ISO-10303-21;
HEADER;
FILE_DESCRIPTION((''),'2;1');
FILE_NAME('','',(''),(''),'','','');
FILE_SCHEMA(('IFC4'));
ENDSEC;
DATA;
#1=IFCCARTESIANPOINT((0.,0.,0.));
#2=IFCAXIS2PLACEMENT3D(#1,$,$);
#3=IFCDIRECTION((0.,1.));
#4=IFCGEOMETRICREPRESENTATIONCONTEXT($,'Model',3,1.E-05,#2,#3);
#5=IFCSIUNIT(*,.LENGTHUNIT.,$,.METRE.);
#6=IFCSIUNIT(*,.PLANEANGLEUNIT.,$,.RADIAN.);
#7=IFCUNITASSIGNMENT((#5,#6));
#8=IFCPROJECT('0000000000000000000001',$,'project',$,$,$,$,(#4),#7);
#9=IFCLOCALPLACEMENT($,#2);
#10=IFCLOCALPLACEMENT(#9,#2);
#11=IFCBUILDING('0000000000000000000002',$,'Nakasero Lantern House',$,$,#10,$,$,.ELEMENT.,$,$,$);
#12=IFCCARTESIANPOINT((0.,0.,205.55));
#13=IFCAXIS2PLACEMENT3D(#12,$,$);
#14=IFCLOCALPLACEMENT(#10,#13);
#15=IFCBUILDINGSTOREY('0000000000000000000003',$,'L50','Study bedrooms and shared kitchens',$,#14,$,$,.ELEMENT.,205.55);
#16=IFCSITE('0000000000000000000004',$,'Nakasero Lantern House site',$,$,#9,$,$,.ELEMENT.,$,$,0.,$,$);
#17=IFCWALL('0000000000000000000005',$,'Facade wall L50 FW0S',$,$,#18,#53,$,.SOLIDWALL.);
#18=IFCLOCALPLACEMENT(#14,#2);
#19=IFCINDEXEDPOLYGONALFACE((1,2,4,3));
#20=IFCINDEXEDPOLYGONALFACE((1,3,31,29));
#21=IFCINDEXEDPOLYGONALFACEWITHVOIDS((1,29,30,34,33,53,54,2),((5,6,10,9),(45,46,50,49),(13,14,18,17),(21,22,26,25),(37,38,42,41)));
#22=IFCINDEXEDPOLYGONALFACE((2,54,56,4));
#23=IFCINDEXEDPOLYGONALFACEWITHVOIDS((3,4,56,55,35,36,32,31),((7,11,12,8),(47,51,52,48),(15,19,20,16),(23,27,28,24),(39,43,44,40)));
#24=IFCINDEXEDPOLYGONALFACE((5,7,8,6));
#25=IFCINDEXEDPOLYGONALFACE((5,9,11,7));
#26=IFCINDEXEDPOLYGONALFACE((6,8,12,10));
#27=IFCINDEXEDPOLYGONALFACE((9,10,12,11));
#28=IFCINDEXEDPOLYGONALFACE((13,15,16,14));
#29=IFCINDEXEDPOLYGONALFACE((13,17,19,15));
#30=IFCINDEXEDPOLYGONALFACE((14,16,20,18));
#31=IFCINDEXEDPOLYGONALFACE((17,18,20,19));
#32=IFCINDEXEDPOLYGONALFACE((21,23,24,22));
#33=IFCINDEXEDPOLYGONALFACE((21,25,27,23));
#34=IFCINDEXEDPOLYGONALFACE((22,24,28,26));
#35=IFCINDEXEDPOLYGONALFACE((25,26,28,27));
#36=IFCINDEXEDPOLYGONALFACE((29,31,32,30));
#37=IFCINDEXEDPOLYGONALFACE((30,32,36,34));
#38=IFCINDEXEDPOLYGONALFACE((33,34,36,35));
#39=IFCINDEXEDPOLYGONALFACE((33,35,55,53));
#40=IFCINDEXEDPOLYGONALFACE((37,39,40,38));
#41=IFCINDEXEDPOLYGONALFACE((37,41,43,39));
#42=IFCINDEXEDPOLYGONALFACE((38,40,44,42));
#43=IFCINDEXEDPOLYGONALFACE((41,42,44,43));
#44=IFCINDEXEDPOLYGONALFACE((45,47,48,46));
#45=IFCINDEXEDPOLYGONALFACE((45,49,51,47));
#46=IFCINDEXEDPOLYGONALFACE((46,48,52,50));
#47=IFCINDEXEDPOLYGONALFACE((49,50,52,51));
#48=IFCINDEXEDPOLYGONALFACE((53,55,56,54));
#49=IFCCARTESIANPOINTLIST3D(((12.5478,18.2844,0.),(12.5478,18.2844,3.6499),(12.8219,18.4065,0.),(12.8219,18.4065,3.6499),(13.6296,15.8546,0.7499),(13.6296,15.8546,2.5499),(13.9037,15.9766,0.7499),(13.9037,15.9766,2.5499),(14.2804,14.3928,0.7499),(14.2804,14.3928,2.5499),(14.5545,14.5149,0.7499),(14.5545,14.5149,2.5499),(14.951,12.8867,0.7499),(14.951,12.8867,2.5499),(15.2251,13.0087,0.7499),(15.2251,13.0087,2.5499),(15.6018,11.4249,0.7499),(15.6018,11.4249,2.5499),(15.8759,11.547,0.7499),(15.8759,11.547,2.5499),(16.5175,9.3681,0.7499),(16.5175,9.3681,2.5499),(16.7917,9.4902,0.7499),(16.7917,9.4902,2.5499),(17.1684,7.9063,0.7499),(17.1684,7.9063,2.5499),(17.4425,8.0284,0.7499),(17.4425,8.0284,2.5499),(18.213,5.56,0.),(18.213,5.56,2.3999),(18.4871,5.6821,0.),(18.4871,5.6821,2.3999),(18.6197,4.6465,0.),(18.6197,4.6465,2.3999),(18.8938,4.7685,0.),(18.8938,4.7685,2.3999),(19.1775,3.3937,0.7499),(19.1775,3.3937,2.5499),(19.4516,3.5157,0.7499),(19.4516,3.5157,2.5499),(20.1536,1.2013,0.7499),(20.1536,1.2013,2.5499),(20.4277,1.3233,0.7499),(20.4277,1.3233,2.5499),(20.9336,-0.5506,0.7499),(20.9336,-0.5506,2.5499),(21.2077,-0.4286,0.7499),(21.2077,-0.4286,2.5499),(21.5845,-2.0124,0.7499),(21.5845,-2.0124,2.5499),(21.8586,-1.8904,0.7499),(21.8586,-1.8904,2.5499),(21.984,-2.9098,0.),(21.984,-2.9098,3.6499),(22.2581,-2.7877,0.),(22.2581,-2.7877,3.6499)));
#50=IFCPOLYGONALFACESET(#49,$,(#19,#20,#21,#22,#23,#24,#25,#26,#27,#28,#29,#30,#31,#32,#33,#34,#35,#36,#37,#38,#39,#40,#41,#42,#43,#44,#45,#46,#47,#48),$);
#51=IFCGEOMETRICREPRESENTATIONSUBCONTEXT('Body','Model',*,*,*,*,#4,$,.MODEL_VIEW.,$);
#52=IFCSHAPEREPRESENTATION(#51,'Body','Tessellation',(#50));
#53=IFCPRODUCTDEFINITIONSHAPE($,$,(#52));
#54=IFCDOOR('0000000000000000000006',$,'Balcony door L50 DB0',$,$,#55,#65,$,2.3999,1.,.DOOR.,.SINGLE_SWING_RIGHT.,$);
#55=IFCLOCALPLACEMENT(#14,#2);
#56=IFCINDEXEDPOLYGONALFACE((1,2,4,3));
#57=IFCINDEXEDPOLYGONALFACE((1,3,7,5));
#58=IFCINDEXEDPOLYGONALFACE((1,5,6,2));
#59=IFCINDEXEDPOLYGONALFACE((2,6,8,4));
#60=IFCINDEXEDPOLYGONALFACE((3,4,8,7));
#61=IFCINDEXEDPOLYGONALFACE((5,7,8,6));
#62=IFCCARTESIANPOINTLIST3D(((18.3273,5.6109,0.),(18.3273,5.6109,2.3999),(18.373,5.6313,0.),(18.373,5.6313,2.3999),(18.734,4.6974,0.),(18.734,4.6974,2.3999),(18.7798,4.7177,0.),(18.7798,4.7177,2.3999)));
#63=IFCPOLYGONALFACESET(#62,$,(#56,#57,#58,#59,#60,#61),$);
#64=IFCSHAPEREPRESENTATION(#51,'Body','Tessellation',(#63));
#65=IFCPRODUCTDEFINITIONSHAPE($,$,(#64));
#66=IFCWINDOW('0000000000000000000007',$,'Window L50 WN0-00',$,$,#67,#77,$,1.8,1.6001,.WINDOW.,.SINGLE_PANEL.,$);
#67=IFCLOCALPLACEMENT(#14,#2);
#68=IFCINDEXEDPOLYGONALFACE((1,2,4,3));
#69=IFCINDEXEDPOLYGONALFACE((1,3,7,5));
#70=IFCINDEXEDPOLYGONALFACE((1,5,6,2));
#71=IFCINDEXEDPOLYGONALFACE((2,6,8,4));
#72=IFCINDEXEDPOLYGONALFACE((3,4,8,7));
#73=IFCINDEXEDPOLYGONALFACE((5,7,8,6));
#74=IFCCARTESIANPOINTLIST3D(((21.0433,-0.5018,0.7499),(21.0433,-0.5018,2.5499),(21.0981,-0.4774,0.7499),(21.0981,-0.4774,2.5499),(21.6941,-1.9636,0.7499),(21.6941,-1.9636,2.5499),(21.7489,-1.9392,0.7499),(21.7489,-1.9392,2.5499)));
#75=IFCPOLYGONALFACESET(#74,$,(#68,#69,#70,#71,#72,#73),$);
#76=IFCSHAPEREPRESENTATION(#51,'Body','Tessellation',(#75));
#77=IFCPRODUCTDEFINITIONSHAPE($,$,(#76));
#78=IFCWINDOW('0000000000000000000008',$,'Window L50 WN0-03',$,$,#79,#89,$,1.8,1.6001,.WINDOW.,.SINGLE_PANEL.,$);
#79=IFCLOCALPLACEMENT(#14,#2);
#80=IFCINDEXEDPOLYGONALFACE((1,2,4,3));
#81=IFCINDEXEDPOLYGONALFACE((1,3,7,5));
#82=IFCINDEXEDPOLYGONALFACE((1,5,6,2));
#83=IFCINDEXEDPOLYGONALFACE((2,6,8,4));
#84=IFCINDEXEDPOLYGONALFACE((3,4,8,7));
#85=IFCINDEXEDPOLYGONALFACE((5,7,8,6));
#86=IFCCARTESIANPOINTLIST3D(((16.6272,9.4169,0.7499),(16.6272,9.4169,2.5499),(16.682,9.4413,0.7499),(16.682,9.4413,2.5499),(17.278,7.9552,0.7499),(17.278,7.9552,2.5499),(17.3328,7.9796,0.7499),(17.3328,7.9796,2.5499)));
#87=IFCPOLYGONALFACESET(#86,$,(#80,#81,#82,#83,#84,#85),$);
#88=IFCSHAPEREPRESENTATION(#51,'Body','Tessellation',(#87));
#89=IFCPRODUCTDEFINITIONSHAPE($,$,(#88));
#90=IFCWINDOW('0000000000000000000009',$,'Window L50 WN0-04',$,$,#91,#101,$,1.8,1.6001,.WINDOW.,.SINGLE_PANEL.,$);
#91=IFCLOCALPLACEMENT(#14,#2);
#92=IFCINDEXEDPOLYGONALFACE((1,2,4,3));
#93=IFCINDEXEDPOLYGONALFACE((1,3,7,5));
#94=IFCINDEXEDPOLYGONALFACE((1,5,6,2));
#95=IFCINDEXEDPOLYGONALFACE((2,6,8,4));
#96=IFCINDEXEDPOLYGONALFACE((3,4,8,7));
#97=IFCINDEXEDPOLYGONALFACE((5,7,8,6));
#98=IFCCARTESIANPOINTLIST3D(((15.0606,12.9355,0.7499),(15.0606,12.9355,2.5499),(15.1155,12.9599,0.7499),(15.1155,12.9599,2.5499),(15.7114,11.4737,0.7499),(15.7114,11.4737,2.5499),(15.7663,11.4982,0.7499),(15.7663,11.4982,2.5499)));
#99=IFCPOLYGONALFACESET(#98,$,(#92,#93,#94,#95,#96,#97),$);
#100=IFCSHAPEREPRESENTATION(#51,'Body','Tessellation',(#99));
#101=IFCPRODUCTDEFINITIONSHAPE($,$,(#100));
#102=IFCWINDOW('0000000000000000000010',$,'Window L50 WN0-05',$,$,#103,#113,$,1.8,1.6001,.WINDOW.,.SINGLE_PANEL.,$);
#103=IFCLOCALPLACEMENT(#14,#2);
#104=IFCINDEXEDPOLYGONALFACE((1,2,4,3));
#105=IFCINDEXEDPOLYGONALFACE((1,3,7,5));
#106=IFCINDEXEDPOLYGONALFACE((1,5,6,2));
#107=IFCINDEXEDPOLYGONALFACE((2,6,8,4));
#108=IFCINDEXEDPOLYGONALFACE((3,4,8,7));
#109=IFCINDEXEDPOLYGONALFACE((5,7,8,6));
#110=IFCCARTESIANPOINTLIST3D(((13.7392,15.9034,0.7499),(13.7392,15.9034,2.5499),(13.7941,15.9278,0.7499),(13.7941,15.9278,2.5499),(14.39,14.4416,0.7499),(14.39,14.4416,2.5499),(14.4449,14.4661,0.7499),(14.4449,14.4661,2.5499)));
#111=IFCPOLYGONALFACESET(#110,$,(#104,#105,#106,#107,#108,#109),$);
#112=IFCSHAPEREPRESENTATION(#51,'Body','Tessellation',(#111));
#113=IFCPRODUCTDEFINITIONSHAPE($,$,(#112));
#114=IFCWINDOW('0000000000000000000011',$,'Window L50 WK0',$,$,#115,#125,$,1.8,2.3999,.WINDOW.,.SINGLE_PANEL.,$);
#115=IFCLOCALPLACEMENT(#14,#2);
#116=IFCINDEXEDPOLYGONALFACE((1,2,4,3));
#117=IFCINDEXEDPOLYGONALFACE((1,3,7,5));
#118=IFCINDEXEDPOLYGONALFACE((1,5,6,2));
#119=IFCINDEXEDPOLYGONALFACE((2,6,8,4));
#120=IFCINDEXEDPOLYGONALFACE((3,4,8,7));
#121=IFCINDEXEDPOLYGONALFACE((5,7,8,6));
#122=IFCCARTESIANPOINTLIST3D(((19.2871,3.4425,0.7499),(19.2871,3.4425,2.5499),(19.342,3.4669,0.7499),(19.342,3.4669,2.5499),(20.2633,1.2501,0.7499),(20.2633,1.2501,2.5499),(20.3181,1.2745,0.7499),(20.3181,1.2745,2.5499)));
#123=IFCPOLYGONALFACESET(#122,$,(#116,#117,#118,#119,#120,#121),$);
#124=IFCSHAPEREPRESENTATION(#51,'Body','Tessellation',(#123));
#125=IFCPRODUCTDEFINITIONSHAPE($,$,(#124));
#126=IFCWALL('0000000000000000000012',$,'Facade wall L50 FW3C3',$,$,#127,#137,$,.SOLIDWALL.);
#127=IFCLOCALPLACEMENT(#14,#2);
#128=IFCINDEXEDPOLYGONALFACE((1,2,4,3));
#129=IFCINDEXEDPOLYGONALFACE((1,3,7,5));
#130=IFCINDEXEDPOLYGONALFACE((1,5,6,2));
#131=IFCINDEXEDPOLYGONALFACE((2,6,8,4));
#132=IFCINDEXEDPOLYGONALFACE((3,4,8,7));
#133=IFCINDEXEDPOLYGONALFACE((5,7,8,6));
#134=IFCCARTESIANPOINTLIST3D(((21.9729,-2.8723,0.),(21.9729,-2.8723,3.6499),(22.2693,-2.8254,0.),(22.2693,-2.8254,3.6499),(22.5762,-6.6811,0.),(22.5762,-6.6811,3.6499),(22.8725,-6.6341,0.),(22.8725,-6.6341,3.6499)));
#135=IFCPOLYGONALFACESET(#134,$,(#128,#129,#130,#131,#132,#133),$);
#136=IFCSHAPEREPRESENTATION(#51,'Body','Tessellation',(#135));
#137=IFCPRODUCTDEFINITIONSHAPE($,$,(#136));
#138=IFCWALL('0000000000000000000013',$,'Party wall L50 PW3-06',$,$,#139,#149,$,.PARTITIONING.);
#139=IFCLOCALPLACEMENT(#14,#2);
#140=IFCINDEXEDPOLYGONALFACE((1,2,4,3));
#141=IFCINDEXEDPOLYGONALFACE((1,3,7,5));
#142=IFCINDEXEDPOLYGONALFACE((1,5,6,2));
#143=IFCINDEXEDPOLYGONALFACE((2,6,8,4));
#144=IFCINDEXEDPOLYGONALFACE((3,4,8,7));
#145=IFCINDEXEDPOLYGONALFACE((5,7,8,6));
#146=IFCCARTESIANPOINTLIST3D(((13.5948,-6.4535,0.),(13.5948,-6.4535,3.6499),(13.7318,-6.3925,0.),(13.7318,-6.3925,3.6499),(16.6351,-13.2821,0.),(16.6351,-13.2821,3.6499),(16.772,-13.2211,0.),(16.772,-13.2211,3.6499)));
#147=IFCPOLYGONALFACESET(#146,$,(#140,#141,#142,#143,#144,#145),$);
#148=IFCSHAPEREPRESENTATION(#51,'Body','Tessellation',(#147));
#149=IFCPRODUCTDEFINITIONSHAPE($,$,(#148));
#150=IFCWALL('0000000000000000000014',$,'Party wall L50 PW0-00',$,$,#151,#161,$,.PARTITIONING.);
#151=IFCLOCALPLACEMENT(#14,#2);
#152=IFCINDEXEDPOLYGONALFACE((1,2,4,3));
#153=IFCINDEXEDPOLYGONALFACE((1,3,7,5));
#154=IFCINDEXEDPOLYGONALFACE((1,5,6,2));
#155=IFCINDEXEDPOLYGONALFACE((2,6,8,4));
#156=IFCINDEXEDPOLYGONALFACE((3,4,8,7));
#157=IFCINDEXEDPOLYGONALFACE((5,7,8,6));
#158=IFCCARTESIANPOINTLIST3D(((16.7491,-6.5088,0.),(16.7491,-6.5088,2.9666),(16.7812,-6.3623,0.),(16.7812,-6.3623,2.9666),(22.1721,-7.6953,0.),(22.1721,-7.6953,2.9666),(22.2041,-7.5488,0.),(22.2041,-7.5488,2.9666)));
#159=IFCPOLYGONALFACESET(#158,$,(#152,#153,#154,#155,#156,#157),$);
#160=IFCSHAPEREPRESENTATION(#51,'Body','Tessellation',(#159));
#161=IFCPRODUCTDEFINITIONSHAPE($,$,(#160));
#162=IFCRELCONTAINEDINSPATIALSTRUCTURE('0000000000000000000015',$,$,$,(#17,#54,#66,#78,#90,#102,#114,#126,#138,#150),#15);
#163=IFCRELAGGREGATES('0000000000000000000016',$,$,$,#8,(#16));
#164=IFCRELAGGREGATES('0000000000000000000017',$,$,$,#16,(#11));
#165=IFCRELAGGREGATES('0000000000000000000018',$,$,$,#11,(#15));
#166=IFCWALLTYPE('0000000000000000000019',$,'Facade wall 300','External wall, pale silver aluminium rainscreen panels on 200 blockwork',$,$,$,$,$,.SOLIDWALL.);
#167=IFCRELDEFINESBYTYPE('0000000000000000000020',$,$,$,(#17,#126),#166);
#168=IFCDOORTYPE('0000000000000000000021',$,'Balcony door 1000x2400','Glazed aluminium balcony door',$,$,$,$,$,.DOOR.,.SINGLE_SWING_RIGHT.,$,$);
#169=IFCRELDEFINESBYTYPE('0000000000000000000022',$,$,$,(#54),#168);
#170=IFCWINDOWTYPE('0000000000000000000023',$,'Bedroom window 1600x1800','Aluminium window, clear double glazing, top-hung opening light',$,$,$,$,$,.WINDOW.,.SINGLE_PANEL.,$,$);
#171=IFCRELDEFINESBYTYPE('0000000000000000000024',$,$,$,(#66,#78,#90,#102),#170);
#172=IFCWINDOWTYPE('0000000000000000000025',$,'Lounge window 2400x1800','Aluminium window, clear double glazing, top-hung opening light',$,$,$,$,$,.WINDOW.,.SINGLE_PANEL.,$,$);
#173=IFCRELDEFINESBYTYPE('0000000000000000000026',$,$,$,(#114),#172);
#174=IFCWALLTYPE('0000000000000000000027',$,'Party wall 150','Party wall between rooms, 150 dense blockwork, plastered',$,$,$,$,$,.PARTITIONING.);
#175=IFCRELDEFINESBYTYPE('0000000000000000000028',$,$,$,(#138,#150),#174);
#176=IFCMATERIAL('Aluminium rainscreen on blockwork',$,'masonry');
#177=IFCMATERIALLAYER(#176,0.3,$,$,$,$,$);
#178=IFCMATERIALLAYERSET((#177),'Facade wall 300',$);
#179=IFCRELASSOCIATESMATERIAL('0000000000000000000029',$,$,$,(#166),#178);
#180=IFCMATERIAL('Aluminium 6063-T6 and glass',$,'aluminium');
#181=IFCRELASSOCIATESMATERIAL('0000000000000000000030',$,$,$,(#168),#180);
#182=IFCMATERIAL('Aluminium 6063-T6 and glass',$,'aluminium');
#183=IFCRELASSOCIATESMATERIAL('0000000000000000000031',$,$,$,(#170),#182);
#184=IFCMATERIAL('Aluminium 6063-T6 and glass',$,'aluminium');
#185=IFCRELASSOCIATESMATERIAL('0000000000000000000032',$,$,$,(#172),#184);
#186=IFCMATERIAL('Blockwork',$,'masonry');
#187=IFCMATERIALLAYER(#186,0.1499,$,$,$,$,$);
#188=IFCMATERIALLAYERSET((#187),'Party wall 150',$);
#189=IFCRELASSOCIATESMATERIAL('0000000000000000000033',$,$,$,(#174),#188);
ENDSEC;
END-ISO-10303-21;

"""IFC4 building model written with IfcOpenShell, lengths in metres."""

from ifc_helpers import new_model, si_unit, direction, frame, frame_2d, origin, place, context, subcontext, project, spatial, rectangle, extrude, material, layer, layer_set, type_object, element, fill, save


model = new_model("IFC4")

# Units and contexts
model_context = context("Model", 3, precision=1e-05, world=origin(), true_north=direction((0.0, 1.0)))
body_context = subcontext(model_context, "Body", "Model", "MODEL_VIEW")
ifc_project = project(units=[si_unit("LENGTHUNIT", "METRE"), si_unit("PLANEANGLEUNIT", "RADIAN")], contexts=[model_context])

# Site, building, storey
site_placement = place(None, origin())
site = spatial("IfcSite", under=ifc_project, at=site_placement, Name="Nakasero Lantern House site", CompositionType="ELEMENT", RefElevation=0.0)
building_placement = place(site_placement, origin())
building = spatial("IfcBuilding", under=site, at=building_placement, Name="Nakasero Lantern House", CompositionType="ELEMENT")
storey_placement = place(building_placement, frame((0.0, 0.0, 205.55)))
storey = spatial("IfcBuildingStorey", under=building, at=storey_placement, Name="L50", Description="Study bedrooms and shared kitchens", CompositionType="ELEMENT", Elevation=205.55)

# Wall, openings, door, windows
ifc_material_1 = material(Name="Aluminium rainscreen on blockwork", Category="masonry")
ifc_layer_1 = layer(ifc_material_1, 0.3)
ifc_layer_set_1 = layer_set([ifc_layer_1], Name="Facade wall 300")
wall_type_1 = type_object("IfcWallType", Name="Facade wall 300", Description="External wall, pale silver aluminium rainscreen panels on 200 blockwork", PredefinedType="SOLIDWALL", material=ifc_layer_set_1)
wall_1_placement = place(storey_placement, frame((22.1211, -2.8489, 0.0), z_axis=(0.0, 0.0, 1.0), x_axis=(-0.406735, 0.913546, 0.0)))
wall_1 = element("IfcWall", 1, at=wall_1_placement, inside=storey, type_object=wall_type_1, Name="Facade wall L50 FW0S", PredefinedType="SOLIDWALL", context=body_context, shape_type="SweptSolid", body=[
    extrude(rectangle(XDim=23.2, YDim=0.3, at=frame_2d((11.6001, 0.0))), origin(), (0.0, 0.0, 1.0), 3.6499),
])
opening_1_placement = place(wall_1_placement, frame((0.9824, 0.0, 0.75)))
opening_1 = element("IfcOpeningElement", 2, at=opening_1_placement, cuts=wall_1, PredefinedType="OPENING", context=body_context, shape_type="SweptSolid", body=[
    extrude(rectangle(XDim=1.6001, YDim=1.8, at=frame_2d((0.8, 0.8999))), frame((0.0, 0.1699, 0.0), z_axis=(0.0, -1.0, 0.0), x_axis=(1.0, 0.0, 0.0)), (0.0, 0.0, 1.0), 0.3401),
])
opening_2_placement = place(wall_1_placement, frame((11.8398, 0.0, 0.75)))
opening_2 = element("IfcOpeningElement", 3, at=opening_2_placement, cuts=wall_1, PredefinedType="OPENING", context=body_context, shape_type="SweptSolid", body=[
    extrude(rectangle(XDim=1.6001, YDim=1.8, at=frame_2d((0.8, 0.8999))), frame((0.0, 0.1699, 0.0), z_axis=(0.0, -1.0, 0.0), x_axis=(1.0, 0.0, 0.0)), (0.0, 0.0, 1.0), 0.3401),
])
opening_3_placement = place(wall_1_placement, frame((15.6914, 0.0, 0.75)))
opening_3 = element("IfcOpeningElement", 4, at=opening_3_placement, cuts=wall_1, PredefinedType="OPENING", context=body_context, shape_type="SweptSolid", body=[
    extrude(rectangle(XDim=1.6001, YDim=1.8, at=frame_2d((0.8, 0.8999))), frame((0.0, 0.1699, 0.0), z_axis=(0.0, -1.0, 0.0), x_axis=(1.0, 0.0, 0.0)), (0.0, 0.0, 1.0), 0.3401),
])
opening_4_placement = place(wall_1_placement, frame((18.9402, 0.0, 0.75)))
opening_4 = element("IfcOpeningElement", 5, at=opening_4_placement, cuts=wall_1, PredefinedType="OPENING", context=body_context, shape_type="SweptSolid", body=[
    extrude(rectangle(XDim=1.6001, YDim=1.8, at=frame_2d((0.8, 0.8999))), frame((0.0, 0.1699, 0.0), z_axis=(0.0, -1.0, 0.0), x_axis=(1.0, 0.0, 0.0)), (0.0, 0.0, 1.0), 0.3401),
])
opening_5_placement = place(wall_1_placement, frame((4.5002, 0.0, 0.75)))
opening_5 = element("IfcOpeningElement", 6, at=opening_5_placement, cuts=wall_1, PredefinedType="OPENING", context=body_context, shape_type="SweptSolid", body=[
    extrude(rectangle(XDim=2.3999, YDim=1.8, at=frame_2d((1.2, 0.8999))), frame((0.0, 0.1699, 0.0), z_axis=(0.0, -1.0, 0.0), x_axis=(1.0, 0.0, 0.0)), (0.0, 0.0, 1.0), 0.3401),
])
opening_6_placement = place(wall_1_placement, frame((8.2715, 0.0, 0.0)))
opening_6 = element("IfcOpeningElement", 7, at=opening_6_placement, cuts=wall_1, PredefinedType="OPENING", context=body_context, shape_type="SweptSolid", body=[
    extrude(rectangle(XDim=1.0, YDim=2.3999, at=frame_2d((0.5, 1.2))), frame((0.0, 0.1699, 0.0), z_axis=(0.0, -1.0, 0.0), x_axis=(1.0, 0.0, 0.0)), (0.0, 0.0, 1.0), 0.3401),
])
ifc_material_2 = material(Name="Aluminium 6063-T6 and glass", Category="aluminium")
door_type_1 = type_object("IfcDoorType", Name="Balcony door 1000x2400", Description="Glazed aluminium balcony door", OperationType="SINGLE_SWING_RIGHT", PredefinedType="DOOR", material=ifc_material_2)
door_1_placement = place(opening_6_placement, origin())
door_1 = element("IfcDoor", 8, at=door_1_placement, inside=storey, type_object=door_type_1, Name="Balcony door L50 DB0", OperationType="SINGLE_SWING_RIGHT", OverallHeight=2.3999, OverallWidth=1.0, PredefinedType="DOOR", context=body_context, shape_type="SweptSolid", body=[
    extrude(rectangle(XDim=1.0, YDim=2.3999, at=frame_2d((0.5, 1.2))), frame((0.0, 0.0249, 0.0), z_axis=(0.0, -1.0, 0.0), x_axis=(1.0, 0.0, 0.0)), (0.0, 0.0, 1.0), 0.05),
])
fill(opening_6, door_1)
ifc_material_3 = material(Name="Aluminium 6063-T6 and glass", Category="aluminium")
window_type_1 = type_object("IfcWindowType", Name="Bedroom window 1600x1800", Description="Aluminium window, clear double glazing, top-hung opening light", PartitioningType="SINGLE_PANEL", PredefinedType="WINDOW", material=ifc_material_3)
window_1_placement = place(opening_1_placement, origin())
window_1 = element("IfcWindow", 9, at=window_1_placement, inside=storey, type_object=window_type_1, Name="Window L50 WN0-00", OverallHeight=1.8, OverallWidth=1.6001, PartitioningType="SINGLE_PANEL", PredefinedType="WINDOW", context=body_context, shape_type="SweptSolid", body=[
    extrude(rectangle(XDim=1.6001, YDim=1.8, at=frame_2d((0.8, 0.8999))), frame((0.0, 0.03, 0.0), z_axis=(0.0, -1.0, 0.0), x_axis=(1.0, 0.0, 0.0)), (0.0, 0.0, 1.0), 0.0601),
])
fill(opening_1, window_1)
window_2_placement = place(opening_2_placement, origin())
window_2 = element("IfcWindow", 10, at=window_2_placement, inside=storey, type_object=window_type_1, Name="Window L50 WN0-03", OverallHeight=1.8, OverallWidth=1.6001, PartitioningType="SINGLE_PANEL", PredefinedType="WINDOW", context=body_context, shape_type="SweptSolid", body=[
    extrude(rectangle(XDim=1.6001, YDim=1.8, at=frame_2d((0.8, 0.8999))), frame((0.0, 0.03, 0.0), z_axis=(0.0, -1.0, 0.0), x_axis=(1.0, 0.0, 0.0)), (0.0, 0.0, 1.0), 0.0601),
])
fill(opening_2, window_2)
window_3_placement = place(opening_3_placement, origin())
window_3 = element("IfcWindow", 11, at=window_3_placement, inside=storey, type_object=window_type_1, Name="Window L50 WN0-04", OverallHeight=1.8, OverallWidth=1.6001, PartitioningType="SINGLE_PANEL", PredefinedType="WINDOW", context=body_context, shape_type="SweptSolid", body=[
    extrude(rectangle(XDim=1.6001, YDim=1.8, at=frame_2d((0.8, 0.8999))), frame((0.0, 0.03, 0.0), z_axis=(0.0, -1.0, 0.0), x_axis=(1.0, 0.0, 0.0)), (0.0, 0.0, 1.0), 0.0601),
])
fill(opening_3, window_3)
window_4_placement = place(opening_4_placement, origin())
window_4 = element("IfcWindow", 12, at=window_4_placement, inside=storey, type_object=window_type_1, Name="Window L50 WN0-05", OverallHeight=1.8, OverallWidth=1.6001, PartitioningType="SINGLE_PANEL", PredefinedType="WINDOW", context=body_context, shape_type="SweptSolid", body=[
    extrude(rectangle(XDim=1.6001, YDim=1.8, at=frame_2d((0.8, 0.8999))), frame((0.0, 0.03, 0.0), z_axis=(0.0, -1.0, 0.0), x_axis=(1.0, 0.0, 0.0)), (0.0, 0.0, 1.0), 0.0601),
])
fill(opening_4, window_4)
ifc_material_4 = material(Name="Aluminium 6063-T6 and glass", Category="aluminium")
window_type_2 = type_object("IfcWindowType", Name="Lounge window 2400x1800", Description="Aluminium window, clear double glazing, top-hung opening light", PartitioningType="SINGLE_PANEL", PredefinedType="WINDOW", material=ifc_material_4)
window_5_placement = place(opening_5_placement, origin())
window_5 = element("IfcWindow", 13, at=window_5_placement, inside=storey, type_object=window_type_2, Name="Window L50 WK0", OverallHeight=1.8, OverallWidth=2.3999, PartitioningType="SINGLE_PANEL", PredefinedType="WINDOW", context=body_context, shape_type="SweptSolid", body=[
    extrude(rectangle(XDim=2.3999, YDim=1.8, at=frame_2d((1.2, 0.8999))), frame((0.0, 0.03, 0.0), z_axis=(0.0, -1.0, 0.0), x_axis=(1.0, 0.0, 0.0)), (0.0, 0.0, 1.0), 0.0601),
])
fill(opening_5, window_5)

# Walls
wall_2_placement = place(storey_placement, frame((22.7244, -6.6577, 0.0), z_axis=(0.0, 0.0, 1.0), x_axis=(-0.156437, 0.987688, 0.0)))
element("IfcWall", 14, at=wall_2_placement, inside=storey, type_object=wall_type_1, Name="Facade wall L50 FW3C3", PredefinedType="SOLIDWALL", context=body_context, shape_type="SweptSolid", body=[
    extrude(rectangle(XDim=3.8562, YDim=0.3, at=frame_2d((1.9282, 0.0))), origin(), (0.0, 0.0, 1.0), 3.6499),
])
ifc_material_5 = material(Name="Blockwork", Category="masonry")
ifc_layer_2 = layer(ifc_material_5, 0.1499)
ifc_layer_set_2 = layer_set([ifc_layer_2], Name="Party wall 150")
wall_type_2 = type_object("IfcWallType", Name="Party wall 150", Description="Party wall between rooms, 150 dense blockwork, plastered", PredefinedType="PARTITIONING", material=ifc_layer_set_2)
wall_3_placement = place(storey_placement, frame((13.6633, -6.4231, 0.0), z_axis=(0.0, 0.0, 1.0), x_axis=(0.406735, -0.913546, 0.0)))
element("IfcWall", 15, at=wall_3_placement, inside=storey, type_object=wall_type_2, Name="Party wall L50 PW3-06", PredefinedType="PARTITIONING", context=body_context, shape_type="SweptSolid", body=[
    extrude(rectangle(XDim=7.4749, YDim=0.1499, at=frame_2d((3.7373, 0.0))), origin(), (0.0, 0.0, 1.0), 3.6499),
])
wall_4_placement = place(storey_placement, frame((16.7651, -6.4355, 0.0), z_axis=(0.0, 0.0, 1.0), x_axis=(0.976892, -0.213735, 0.0)))
element("IfcWall", 16, at=wall_4_placement, inside=storey, type_object=wall_type_2, Name="Party wall L50 PW0-00", PredefinedType="PARTITIONING", context=body_context, shape_type="SweptSolid", body=[
    extrude(rectangle(XDim=5.5513, YDim=0.1499, at=frame_2d((2.7756, 0.0))), origin(), (0.0, 0.0, 1.0), 2.9666),
])

save(model, "model.ifc")
